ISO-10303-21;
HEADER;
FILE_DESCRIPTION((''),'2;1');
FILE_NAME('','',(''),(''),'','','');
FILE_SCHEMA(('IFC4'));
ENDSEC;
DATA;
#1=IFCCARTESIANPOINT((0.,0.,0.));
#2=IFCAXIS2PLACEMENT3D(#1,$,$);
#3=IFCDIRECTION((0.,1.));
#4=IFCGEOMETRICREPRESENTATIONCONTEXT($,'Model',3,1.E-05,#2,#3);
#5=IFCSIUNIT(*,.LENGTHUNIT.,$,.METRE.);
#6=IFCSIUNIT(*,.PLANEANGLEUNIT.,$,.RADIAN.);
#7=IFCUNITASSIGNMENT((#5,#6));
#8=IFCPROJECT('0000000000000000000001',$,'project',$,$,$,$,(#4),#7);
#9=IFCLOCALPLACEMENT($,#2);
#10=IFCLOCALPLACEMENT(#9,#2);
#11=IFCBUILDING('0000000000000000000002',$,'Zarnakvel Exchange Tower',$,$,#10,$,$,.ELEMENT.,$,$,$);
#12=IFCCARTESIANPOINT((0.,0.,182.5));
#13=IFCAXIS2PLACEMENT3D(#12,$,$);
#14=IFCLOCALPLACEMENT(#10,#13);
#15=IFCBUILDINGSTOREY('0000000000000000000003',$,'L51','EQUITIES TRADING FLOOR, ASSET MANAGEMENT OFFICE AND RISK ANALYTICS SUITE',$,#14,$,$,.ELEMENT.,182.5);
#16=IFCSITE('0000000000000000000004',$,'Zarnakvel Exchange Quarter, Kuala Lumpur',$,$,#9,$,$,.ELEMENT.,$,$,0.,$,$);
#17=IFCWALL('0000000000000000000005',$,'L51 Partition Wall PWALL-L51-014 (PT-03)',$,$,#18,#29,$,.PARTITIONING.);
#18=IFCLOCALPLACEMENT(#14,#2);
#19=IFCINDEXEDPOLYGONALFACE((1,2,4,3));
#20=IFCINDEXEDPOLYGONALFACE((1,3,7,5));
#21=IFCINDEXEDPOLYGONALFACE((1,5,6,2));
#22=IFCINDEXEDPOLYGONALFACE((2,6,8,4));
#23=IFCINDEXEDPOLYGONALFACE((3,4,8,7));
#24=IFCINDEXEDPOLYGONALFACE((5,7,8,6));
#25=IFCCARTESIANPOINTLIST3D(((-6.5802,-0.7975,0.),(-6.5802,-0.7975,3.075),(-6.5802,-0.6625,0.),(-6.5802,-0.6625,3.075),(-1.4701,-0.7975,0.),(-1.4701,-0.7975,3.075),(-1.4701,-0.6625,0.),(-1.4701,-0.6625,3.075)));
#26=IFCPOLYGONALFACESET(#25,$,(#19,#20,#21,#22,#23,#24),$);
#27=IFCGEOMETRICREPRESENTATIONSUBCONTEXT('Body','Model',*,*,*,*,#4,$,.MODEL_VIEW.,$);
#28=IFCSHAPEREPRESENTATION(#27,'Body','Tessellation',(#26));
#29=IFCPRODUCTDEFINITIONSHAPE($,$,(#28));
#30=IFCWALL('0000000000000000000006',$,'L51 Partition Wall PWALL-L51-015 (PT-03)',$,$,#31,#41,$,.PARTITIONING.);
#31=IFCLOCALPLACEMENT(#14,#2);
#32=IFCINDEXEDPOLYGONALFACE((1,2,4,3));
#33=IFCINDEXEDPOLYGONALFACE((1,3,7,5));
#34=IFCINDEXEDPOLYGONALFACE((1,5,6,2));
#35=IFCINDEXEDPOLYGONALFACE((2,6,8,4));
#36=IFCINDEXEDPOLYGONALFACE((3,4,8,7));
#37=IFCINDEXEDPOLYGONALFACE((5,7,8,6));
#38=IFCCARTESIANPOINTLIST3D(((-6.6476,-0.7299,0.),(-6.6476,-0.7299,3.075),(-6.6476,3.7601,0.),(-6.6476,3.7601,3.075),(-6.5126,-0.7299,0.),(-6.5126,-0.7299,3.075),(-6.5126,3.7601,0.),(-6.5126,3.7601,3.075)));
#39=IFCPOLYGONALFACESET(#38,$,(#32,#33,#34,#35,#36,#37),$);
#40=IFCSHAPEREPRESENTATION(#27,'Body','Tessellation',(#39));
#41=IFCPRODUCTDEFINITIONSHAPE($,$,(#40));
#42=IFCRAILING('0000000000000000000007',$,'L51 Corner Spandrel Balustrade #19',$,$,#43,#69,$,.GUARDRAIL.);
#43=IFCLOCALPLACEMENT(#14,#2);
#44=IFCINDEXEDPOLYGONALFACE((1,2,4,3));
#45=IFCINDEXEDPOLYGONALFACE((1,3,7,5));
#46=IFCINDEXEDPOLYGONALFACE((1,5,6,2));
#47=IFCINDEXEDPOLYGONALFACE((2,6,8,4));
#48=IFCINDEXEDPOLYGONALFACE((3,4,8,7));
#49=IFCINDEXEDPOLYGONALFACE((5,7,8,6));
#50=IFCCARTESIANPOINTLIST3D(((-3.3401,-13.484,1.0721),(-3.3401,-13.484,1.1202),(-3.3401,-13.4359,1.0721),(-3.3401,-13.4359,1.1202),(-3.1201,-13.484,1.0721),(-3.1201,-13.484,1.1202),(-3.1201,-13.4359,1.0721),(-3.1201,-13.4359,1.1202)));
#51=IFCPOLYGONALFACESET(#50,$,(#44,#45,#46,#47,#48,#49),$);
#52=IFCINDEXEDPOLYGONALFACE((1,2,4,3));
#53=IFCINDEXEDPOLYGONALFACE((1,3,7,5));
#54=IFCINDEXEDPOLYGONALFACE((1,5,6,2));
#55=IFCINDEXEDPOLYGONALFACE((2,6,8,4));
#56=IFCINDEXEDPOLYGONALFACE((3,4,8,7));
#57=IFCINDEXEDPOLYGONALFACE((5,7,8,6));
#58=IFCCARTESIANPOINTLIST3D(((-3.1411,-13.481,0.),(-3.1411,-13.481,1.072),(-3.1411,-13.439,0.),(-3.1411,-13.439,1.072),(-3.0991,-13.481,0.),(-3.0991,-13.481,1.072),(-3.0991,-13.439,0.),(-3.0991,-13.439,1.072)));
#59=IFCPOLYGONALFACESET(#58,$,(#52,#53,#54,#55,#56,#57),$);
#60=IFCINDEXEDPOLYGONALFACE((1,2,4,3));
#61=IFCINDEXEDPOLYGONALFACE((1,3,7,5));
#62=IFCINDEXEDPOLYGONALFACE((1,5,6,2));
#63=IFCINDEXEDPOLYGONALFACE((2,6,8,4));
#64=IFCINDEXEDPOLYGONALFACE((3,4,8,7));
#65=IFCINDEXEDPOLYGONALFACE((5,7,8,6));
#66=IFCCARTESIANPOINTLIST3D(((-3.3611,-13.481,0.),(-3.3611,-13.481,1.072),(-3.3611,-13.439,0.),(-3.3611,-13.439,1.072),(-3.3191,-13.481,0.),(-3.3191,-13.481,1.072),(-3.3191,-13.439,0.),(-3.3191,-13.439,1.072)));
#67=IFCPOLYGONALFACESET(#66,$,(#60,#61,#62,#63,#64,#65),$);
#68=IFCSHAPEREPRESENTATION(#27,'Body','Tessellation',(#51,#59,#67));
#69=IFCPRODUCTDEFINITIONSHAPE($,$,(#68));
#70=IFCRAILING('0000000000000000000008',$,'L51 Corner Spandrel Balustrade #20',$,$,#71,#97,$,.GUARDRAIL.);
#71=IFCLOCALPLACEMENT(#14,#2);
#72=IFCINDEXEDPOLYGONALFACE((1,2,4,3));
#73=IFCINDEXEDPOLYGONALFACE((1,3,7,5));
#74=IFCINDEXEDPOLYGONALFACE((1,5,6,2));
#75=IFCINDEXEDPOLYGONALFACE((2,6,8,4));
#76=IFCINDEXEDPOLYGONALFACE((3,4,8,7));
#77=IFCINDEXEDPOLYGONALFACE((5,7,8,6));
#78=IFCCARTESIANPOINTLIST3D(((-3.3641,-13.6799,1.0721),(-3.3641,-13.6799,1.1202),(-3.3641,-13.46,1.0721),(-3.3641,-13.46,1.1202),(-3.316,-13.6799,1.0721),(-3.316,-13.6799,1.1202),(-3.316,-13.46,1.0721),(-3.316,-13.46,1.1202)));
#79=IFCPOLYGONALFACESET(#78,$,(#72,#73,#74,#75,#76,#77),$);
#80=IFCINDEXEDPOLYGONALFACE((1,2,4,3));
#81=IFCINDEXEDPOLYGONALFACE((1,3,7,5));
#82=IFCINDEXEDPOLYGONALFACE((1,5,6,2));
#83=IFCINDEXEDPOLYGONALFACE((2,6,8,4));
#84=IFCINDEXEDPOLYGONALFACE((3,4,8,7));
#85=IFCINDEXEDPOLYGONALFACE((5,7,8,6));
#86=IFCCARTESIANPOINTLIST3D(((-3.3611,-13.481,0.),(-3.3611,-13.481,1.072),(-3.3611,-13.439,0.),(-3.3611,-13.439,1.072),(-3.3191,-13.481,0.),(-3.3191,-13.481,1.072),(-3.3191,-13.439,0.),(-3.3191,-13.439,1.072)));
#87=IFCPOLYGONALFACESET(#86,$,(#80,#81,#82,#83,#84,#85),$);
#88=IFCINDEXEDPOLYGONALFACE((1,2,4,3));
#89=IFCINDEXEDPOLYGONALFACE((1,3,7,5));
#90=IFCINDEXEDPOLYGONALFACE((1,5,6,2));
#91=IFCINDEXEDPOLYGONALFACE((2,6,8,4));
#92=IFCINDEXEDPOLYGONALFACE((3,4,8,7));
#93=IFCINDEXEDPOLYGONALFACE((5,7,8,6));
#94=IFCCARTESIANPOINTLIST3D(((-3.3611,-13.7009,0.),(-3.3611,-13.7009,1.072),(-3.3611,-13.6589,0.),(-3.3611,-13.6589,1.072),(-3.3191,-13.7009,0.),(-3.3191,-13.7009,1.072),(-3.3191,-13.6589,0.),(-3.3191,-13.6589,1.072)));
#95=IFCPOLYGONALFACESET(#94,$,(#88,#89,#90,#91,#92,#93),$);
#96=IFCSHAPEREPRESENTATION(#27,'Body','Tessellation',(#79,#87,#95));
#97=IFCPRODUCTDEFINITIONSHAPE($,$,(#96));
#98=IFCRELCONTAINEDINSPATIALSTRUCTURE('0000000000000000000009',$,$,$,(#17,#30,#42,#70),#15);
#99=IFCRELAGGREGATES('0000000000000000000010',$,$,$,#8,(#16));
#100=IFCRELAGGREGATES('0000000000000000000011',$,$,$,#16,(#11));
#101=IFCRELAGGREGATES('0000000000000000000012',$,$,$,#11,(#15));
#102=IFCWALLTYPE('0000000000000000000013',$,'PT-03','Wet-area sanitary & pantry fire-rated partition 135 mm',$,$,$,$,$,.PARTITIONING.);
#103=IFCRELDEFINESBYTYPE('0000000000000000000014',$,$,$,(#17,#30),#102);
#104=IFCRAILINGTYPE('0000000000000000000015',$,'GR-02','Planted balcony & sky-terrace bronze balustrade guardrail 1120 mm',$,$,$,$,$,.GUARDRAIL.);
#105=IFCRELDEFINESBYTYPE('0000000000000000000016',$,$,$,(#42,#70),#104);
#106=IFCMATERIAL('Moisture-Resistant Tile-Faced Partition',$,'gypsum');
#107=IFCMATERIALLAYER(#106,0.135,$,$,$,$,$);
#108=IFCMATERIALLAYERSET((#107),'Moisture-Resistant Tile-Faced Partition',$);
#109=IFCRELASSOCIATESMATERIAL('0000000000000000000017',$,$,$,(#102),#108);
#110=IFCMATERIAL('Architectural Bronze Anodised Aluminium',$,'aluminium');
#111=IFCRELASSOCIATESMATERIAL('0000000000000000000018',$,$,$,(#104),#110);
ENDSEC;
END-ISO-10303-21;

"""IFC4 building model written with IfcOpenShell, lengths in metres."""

from ifc_helpers import new_model, si_unit, direction, frame, frame_2d, origin, origin_2d, place, context, subcontext, project, spatial, rectangle, extrude, material, layer, layer_set, type_object, element, save


model = new_model("IFC4")

# Units and contexts
model_context = context("Model", 3, precision=1e-05, world=origin(), true_north=direction((0.0, 1.0)))
body_context = subcontext(model_context, "Body", "Model", "MODEL_VIEW")
ifc_project = project(units=[si_unit("LENGTHUNIT", "METRE"), si_unit("PLANEANGLEUNIT", "RADIAN")], contexts=[model_context])

# Site, building, storey
site_placement = place(None, origin())
site = spatial("IfcSite", under=ifc_project, at=site_placement, Name="Zarnakvel Exchange Quarter, Kuala Lumpur", CompositionType="ELEMENT", RefElevation=0.0)
building_placement = place(site_placement, origin())
building = spatial("IfcBuilding", under=site, at=building_placement, Name="Zarnakvel Exchange Tower", CompositionType="ELEMENT")
storey_placement = place(building_placement, frame((0.0, 0.0, 182.5)))
storey = spatial("IfcBuildingStorey", under=building, at=storey_placement, Name="L51", Description="EQUITIES TRADING FLOOR, ASSET MANAGEMENT OFFICE AND RISK ANALYTICS SUITE", CompositionType="ELEMENT", Elevation=182.5)

# Walls
ifc_material_1 = material(Name="Moisture-Resistant Tile-Faced Partition", Category="gypsum")
ifc_layer_1 = layer(ifc_material_1, 0.135)
ifc_layer_set_1 = layer_set([ifc_layer_1], Name="Moisture-Resistant Tile-Faced Partition")
wall_type_1 = type_object("IfcWallType", Name="PT-03", Description="Wet-area sanitary & pantry fire-rated partition 135 mm", PredefinedType="PARTITIONING", material=ifc_layer_set_1)
wall_1_placement = place(storey_placement, frame((-1.47, -0.73, 0.0), z_axis=(0.0, 0.0, 1.0), x_axis=(-1.0, 0.0, 0.0)))
element("IfcWall", 1, at=wall_1_placement, inside=storey, type_object=wall_type_1, Name="L51 Partition Wall PWALL-L51-014 (PT-03)", PredefinedType="PARTITIONING", context=body_context, shape_type="SweptSolid", body=[
    extrude(rectangle(XDim=5.1101, YDim=0.135, at=frame_2d((2.5552, 0.0))), origin(), (0.0, 0.0, 1.0), 3.075),
])
wall_2_placement = place(storey_placement, frame((-6.5801, -0.73, 0.0), z_axis=(0.0, 0.0, 1.0), x_axis=(0.0, 1.0, 0.0)))
element("IfcWall", 2, at=wall_2_placement, inside=storey, type_object=wall_type_1, Name="L51 Partition Wall PWALL-L51-015 (PT-03)", PredefinedType="PARTITIONING", context=body_context, shape_type="SweptSolid", body=[
    extrude(rectangle(XDim=4.49, YDim=0.135, at=frame_2d((2.2451, 0.0))), origin(), (0.0, 0.0, 1.0), 3.075),
])

# Railings
ifc_material_2 = material(Name="Architectural Bronze Anodised Aluminium", Category="aluminium")
railing_type_1 = type_object("IfcRailingType", Name="GR-02", Description="Planted balcony & sky-terrace bronze balustrade guardrail 1120 mm", PredefinedType="GUARDRAIL", material=ifc_material_2)
railing_1_placement = place(storey_placement, frame((-3.1201, -13.46, 0.0)))
element("IfcRailing", 3, at=railing_1_placement, inside=storey, type_object=railing_type_1, Name="L51 Corner Spandrel Balustrade #19", PredefinedType="GUARDRAIL", context=body_context, shape_type="SweptSolid", body=[
    extrude(rectangle(XDim=0.0481, YDim=0.0481, at=origin_2d()), frame((0.0, 0.0, 1.0962), z_axis=(-1.0, 0.0, 0.0), x_axis=(0.0, -1.0, 0.0)), (0.0, 0.0, 1.0), 0.22),
    extrude(rectangle(XDim=0.042, YDim=0.042, at=origin_2d()), origin(), (0.0, 0.0, 1.0), 1.072),
    extrude(rectangle(XDim=0.042, YDim=0.042, at=origin_2d()), frame((-0.22, 0.0, 0.0)), (0.0, 0.0, 1.0), 1.072),
])
railing_2_placement = place(storey_placement, frame((-3.3401, -13.46, 0.0)))
element("IfcRailing", 4, at=railing_2_placement, inside=storey, type_object=railing_type_1, Name="L51 Corner Spandrel Balustrade #20", PredefinedType="GUARDRAIL", context=body_context, shape_type="SweptSolid", body=[
    extrude(rectangle(XDim=0.0481, YDim=0.0481, at=origin_2d()), frame((0.0, 0.0, 1.0962), z_axis=(0.0, -1.0, 0.0), x_axis=(1.0, 0.0, 0.0)), (0.0, 0.0, 1.0), 0.22),
    extrude(rectangle(XDim=0.042, YDim=0.042, at=origin_2d()), origin(), (0.0, 0.0, 1.0), 1.072),
    extrude(rectangle(XDim=0.042, YDim=0.042, at=origin_2d()), frame((0.0, -0.22, 0.0)), (0.0, 0.0, 1.0), 1.072),
])

save(model, "model.ifc")
